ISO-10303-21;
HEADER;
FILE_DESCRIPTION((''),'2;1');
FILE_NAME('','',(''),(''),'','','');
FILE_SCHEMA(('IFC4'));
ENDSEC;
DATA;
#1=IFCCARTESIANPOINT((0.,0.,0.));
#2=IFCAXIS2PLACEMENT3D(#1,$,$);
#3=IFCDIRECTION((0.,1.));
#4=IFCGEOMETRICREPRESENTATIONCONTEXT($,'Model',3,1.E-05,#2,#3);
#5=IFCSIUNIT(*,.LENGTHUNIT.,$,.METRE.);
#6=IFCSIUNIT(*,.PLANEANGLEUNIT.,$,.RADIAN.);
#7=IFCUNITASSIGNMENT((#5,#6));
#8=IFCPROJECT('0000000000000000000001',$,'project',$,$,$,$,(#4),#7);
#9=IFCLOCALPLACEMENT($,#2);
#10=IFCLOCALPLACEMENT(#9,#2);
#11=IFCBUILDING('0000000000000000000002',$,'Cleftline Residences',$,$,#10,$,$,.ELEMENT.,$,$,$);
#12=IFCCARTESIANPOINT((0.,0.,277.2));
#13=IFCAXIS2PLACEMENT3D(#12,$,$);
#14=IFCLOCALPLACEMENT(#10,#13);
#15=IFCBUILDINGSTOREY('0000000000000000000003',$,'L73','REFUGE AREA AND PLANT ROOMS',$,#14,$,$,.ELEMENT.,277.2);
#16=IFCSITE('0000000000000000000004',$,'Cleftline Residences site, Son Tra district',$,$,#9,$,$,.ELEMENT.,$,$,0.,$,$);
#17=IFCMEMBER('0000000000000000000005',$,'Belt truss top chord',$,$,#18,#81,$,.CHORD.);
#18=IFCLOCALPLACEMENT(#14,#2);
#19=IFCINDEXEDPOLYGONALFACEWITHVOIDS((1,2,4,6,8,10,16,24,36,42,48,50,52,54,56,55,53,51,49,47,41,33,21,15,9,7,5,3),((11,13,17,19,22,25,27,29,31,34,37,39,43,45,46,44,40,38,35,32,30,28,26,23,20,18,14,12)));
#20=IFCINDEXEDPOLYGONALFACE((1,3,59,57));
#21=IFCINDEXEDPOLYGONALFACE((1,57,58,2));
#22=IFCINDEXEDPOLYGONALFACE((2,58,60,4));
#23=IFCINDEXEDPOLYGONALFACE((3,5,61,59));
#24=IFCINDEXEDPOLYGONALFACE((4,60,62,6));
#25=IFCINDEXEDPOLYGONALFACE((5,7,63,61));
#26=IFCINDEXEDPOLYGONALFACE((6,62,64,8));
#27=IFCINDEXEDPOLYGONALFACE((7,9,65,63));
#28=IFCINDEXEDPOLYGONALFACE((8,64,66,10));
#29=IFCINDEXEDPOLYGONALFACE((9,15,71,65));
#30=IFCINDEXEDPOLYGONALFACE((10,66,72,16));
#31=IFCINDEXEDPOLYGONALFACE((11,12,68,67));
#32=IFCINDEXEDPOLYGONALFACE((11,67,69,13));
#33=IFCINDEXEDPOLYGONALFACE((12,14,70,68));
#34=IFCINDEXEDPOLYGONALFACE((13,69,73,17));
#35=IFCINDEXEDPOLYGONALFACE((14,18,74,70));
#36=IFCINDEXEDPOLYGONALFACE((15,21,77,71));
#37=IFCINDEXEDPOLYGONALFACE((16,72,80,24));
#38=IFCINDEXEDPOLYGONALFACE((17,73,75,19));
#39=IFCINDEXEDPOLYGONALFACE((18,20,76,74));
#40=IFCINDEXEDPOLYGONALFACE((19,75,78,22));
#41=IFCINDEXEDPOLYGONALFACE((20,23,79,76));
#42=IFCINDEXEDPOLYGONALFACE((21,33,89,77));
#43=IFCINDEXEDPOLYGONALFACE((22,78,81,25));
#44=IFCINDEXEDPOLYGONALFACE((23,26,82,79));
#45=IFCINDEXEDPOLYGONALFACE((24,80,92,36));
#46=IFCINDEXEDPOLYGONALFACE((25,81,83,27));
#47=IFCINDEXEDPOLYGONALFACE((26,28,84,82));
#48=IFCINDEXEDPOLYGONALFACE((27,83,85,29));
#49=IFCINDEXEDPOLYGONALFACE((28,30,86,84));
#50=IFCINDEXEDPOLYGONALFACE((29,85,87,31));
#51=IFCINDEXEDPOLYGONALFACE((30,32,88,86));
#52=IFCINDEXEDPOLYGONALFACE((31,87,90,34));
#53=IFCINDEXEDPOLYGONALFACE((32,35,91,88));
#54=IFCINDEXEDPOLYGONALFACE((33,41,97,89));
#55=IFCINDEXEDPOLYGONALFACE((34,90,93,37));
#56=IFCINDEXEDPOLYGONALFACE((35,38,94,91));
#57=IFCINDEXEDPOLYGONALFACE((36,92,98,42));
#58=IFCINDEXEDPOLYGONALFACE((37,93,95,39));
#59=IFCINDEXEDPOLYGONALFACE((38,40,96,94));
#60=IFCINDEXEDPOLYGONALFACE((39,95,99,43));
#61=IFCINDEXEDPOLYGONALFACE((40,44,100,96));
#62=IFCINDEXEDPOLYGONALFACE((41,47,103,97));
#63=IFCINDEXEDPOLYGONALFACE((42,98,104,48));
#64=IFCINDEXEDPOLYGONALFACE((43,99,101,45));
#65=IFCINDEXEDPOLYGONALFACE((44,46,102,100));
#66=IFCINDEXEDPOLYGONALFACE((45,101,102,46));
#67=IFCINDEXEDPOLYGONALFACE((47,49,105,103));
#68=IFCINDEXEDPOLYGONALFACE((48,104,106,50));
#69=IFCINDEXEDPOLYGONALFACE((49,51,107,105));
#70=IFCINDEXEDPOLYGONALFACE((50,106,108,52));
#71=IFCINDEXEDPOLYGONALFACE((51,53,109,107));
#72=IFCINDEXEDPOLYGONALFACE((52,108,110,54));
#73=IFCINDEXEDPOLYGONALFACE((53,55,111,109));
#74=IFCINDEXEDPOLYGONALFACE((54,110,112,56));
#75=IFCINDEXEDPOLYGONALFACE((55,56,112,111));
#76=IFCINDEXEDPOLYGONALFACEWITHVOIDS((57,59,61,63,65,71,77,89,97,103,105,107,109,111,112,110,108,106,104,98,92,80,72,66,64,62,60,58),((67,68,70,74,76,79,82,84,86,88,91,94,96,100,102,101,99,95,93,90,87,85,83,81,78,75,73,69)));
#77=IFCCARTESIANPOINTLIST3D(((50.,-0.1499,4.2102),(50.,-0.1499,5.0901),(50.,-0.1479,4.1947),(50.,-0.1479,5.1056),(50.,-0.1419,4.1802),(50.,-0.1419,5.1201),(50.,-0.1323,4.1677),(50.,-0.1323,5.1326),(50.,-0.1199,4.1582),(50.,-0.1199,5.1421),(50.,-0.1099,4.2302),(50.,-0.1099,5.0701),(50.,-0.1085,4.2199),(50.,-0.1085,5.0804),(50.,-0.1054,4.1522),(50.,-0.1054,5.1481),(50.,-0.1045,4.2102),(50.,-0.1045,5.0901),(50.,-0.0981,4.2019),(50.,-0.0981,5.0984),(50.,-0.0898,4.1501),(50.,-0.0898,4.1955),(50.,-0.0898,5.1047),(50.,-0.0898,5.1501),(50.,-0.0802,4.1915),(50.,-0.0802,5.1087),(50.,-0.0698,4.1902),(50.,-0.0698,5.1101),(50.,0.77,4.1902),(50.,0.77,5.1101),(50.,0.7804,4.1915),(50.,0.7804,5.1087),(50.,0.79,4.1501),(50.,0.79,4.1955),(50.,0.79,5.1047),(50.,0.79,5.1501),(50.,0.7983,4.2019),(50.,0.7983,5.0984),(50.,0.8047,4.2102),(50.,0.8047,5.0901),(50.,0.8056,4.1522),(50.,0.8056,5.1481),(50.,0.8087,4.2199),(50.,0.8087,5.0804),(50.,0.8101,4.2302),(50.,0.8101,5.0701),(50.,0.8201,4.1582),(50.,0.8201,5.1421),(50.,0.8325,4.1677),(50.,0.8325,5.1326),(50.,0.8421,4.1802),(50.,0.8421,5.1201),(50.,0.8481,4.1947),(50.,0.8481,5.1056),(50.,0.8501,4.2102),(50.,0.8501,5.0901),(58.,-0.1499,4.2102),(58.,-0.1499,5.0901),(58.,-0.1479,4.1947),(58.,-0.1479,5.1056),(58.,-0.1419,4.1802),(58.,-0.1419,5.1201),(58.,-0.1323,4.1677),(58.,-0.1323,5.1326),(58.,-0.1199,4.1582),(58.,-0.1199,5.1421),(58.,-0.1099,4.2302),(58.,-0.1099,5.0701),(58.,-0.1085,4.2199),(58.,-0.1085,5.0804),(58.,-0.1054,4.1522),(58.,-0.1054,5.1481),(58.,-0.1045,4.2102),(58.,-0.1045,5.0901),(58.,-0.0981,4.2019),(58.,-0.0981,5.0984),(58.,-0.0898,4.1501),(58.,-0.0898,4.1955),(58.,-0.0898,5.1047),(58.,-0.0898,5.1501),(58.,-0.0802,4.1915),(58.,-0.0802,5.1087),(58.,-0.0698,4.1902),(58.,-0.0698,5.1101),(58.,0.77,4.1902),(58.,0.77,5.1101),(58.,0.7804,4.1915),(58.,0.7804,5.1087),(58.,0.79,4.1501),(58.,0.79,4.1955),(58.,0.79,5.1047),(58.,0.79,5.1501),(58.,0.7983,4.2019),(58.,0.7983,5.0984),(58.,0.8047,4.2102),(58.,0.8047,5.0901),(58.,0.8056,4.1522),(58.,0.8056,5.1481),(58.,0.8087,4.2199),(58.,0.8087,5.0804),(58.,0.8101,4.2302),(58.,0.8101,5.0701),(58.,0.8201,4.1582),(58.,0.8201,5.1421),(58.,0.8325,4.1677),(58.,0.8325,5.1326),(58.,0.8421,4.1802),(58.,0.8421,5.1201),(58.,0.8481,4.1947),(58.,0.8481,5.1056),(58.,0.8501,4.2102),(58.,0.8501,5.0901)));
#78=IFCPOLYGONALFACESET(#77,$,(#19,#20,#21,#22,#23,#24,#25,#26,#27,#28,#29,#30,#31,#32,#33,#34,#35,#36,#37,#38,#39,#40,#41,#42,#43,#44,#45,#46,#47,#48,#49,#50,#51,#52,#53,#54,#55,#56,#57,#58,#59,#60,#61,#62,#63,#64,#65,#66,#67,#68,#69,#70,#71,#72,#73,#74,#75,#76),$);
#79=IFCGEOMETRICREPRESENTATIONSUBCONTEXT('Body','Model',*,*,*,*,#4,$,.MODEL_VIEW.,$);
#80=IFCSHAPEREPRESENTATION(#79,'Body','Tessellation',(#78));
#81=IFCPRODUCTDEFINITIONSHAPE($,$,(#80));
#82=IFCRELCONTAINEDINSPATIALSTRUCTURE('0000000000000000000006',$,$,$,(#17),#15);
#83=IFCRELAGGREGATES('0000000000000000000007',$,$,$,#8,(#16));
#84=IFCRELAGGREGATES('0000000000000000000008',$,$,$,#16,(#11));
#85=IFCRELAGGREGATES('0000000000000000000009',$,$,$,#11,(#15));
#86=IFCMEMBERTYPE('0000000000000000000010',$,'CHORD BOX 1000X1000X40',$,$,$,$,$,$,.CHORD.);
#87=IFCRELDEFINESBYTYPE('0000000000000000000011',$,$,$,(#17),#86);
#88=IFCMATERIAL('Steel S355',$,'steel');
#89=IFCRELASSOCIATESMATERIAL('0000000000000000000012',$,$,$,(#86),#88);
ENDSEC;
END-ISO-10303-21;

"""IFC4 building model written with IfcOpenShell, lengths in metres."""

from ifc_helpers import new_model, si_unit, direction, frame, origin, origin_2d, place, context, subcontext, project, spatial, hollow_rectangle, extrude, material, material_profile, profile_set, type_object, element, save


model = new_model("IFC4")

# Units and contexts
model_context = context("Model", 3, precision=1e-05, world=origin(), true_north=direction((0.0, 1.0)))
body_context = subcontext(model_context, "Body", "Model", "MODEL_VIEW")
ifc_project = project(units=[si_unit("LENGTHUNIT", "METRE"), si_unit("PLANEANGLEUNIT", "RADIAN")], contexts=[model_context])

# Site, building, storey
site_placement = place(None, origin())
site = spatial("IfcSite", under=ifc_project, at=site_placement, Name="Cleftline Residences site, Son Tra district", CompositionType="ELEMENT", RefElevation=0.0)
building_placement = place(site_placement, origin())
building = spatial("IfcBuilding", under=site, at=building_placement, Name="Cleftline Residences", CompositionType="ELEMENT")
storey_placement = place(building_placement, frame((0.0, 0.0, 277.2)))
storey = spatial("IfcBuildingStorey", under=building, at=storey_placement, Name="L73", Description="REFUGE AREA AND PLANT ROOMS", CompositionType="ELEMENT", Elevation=277.2)

# Member
ifc_material_1 = material(Name="Steel S355", Category="steel")
ifc_material_profile_1 = material_profile(ifc_material_1, hollow_rectangle(XDim=1.0, YDim=1.0, WallThickness=0.04, InnerFilletRadius=0.04, OuterFilletRadius=0.0601, at=origin_2d()))
ifc_profile_set_1 = profile_set([ifc_material_profile_1], Name="Steel S355")
member_type_1 = type_object("IfcMemberType", Name="CHORD BOX 1000X1000X40", PredefinedType="CHORD", material=ifc_profile_set_1)
for number, where, z_axis, x_axis, name in (
    (1, (50.0, 0.3501, 4.6501), (1.0, 0.0, 0.0), (0.0, 1.0, 0.0), "Belt truss top chord"),
):
    element("IfcMember", number, at=place(storey_placement, frame(where, z_axis=z_axis, x_axis=x_axis)), inside=storey, type_object=member_type_1, Name=name, PredefinedType="CHORD", context=body_context, shape_type="SweptSolid", body=[
        extrude(hollow_rectangle(XDim=1.0, YDim=1.0, WallThickness=0.04, InnerFilletRadius=0.04, OuterFilletRadius=0.0601, at=origin_2d()), origin(), (0.0, 0.0, 1.0), 8.0),
    ])

save(model, "model.ifc")
